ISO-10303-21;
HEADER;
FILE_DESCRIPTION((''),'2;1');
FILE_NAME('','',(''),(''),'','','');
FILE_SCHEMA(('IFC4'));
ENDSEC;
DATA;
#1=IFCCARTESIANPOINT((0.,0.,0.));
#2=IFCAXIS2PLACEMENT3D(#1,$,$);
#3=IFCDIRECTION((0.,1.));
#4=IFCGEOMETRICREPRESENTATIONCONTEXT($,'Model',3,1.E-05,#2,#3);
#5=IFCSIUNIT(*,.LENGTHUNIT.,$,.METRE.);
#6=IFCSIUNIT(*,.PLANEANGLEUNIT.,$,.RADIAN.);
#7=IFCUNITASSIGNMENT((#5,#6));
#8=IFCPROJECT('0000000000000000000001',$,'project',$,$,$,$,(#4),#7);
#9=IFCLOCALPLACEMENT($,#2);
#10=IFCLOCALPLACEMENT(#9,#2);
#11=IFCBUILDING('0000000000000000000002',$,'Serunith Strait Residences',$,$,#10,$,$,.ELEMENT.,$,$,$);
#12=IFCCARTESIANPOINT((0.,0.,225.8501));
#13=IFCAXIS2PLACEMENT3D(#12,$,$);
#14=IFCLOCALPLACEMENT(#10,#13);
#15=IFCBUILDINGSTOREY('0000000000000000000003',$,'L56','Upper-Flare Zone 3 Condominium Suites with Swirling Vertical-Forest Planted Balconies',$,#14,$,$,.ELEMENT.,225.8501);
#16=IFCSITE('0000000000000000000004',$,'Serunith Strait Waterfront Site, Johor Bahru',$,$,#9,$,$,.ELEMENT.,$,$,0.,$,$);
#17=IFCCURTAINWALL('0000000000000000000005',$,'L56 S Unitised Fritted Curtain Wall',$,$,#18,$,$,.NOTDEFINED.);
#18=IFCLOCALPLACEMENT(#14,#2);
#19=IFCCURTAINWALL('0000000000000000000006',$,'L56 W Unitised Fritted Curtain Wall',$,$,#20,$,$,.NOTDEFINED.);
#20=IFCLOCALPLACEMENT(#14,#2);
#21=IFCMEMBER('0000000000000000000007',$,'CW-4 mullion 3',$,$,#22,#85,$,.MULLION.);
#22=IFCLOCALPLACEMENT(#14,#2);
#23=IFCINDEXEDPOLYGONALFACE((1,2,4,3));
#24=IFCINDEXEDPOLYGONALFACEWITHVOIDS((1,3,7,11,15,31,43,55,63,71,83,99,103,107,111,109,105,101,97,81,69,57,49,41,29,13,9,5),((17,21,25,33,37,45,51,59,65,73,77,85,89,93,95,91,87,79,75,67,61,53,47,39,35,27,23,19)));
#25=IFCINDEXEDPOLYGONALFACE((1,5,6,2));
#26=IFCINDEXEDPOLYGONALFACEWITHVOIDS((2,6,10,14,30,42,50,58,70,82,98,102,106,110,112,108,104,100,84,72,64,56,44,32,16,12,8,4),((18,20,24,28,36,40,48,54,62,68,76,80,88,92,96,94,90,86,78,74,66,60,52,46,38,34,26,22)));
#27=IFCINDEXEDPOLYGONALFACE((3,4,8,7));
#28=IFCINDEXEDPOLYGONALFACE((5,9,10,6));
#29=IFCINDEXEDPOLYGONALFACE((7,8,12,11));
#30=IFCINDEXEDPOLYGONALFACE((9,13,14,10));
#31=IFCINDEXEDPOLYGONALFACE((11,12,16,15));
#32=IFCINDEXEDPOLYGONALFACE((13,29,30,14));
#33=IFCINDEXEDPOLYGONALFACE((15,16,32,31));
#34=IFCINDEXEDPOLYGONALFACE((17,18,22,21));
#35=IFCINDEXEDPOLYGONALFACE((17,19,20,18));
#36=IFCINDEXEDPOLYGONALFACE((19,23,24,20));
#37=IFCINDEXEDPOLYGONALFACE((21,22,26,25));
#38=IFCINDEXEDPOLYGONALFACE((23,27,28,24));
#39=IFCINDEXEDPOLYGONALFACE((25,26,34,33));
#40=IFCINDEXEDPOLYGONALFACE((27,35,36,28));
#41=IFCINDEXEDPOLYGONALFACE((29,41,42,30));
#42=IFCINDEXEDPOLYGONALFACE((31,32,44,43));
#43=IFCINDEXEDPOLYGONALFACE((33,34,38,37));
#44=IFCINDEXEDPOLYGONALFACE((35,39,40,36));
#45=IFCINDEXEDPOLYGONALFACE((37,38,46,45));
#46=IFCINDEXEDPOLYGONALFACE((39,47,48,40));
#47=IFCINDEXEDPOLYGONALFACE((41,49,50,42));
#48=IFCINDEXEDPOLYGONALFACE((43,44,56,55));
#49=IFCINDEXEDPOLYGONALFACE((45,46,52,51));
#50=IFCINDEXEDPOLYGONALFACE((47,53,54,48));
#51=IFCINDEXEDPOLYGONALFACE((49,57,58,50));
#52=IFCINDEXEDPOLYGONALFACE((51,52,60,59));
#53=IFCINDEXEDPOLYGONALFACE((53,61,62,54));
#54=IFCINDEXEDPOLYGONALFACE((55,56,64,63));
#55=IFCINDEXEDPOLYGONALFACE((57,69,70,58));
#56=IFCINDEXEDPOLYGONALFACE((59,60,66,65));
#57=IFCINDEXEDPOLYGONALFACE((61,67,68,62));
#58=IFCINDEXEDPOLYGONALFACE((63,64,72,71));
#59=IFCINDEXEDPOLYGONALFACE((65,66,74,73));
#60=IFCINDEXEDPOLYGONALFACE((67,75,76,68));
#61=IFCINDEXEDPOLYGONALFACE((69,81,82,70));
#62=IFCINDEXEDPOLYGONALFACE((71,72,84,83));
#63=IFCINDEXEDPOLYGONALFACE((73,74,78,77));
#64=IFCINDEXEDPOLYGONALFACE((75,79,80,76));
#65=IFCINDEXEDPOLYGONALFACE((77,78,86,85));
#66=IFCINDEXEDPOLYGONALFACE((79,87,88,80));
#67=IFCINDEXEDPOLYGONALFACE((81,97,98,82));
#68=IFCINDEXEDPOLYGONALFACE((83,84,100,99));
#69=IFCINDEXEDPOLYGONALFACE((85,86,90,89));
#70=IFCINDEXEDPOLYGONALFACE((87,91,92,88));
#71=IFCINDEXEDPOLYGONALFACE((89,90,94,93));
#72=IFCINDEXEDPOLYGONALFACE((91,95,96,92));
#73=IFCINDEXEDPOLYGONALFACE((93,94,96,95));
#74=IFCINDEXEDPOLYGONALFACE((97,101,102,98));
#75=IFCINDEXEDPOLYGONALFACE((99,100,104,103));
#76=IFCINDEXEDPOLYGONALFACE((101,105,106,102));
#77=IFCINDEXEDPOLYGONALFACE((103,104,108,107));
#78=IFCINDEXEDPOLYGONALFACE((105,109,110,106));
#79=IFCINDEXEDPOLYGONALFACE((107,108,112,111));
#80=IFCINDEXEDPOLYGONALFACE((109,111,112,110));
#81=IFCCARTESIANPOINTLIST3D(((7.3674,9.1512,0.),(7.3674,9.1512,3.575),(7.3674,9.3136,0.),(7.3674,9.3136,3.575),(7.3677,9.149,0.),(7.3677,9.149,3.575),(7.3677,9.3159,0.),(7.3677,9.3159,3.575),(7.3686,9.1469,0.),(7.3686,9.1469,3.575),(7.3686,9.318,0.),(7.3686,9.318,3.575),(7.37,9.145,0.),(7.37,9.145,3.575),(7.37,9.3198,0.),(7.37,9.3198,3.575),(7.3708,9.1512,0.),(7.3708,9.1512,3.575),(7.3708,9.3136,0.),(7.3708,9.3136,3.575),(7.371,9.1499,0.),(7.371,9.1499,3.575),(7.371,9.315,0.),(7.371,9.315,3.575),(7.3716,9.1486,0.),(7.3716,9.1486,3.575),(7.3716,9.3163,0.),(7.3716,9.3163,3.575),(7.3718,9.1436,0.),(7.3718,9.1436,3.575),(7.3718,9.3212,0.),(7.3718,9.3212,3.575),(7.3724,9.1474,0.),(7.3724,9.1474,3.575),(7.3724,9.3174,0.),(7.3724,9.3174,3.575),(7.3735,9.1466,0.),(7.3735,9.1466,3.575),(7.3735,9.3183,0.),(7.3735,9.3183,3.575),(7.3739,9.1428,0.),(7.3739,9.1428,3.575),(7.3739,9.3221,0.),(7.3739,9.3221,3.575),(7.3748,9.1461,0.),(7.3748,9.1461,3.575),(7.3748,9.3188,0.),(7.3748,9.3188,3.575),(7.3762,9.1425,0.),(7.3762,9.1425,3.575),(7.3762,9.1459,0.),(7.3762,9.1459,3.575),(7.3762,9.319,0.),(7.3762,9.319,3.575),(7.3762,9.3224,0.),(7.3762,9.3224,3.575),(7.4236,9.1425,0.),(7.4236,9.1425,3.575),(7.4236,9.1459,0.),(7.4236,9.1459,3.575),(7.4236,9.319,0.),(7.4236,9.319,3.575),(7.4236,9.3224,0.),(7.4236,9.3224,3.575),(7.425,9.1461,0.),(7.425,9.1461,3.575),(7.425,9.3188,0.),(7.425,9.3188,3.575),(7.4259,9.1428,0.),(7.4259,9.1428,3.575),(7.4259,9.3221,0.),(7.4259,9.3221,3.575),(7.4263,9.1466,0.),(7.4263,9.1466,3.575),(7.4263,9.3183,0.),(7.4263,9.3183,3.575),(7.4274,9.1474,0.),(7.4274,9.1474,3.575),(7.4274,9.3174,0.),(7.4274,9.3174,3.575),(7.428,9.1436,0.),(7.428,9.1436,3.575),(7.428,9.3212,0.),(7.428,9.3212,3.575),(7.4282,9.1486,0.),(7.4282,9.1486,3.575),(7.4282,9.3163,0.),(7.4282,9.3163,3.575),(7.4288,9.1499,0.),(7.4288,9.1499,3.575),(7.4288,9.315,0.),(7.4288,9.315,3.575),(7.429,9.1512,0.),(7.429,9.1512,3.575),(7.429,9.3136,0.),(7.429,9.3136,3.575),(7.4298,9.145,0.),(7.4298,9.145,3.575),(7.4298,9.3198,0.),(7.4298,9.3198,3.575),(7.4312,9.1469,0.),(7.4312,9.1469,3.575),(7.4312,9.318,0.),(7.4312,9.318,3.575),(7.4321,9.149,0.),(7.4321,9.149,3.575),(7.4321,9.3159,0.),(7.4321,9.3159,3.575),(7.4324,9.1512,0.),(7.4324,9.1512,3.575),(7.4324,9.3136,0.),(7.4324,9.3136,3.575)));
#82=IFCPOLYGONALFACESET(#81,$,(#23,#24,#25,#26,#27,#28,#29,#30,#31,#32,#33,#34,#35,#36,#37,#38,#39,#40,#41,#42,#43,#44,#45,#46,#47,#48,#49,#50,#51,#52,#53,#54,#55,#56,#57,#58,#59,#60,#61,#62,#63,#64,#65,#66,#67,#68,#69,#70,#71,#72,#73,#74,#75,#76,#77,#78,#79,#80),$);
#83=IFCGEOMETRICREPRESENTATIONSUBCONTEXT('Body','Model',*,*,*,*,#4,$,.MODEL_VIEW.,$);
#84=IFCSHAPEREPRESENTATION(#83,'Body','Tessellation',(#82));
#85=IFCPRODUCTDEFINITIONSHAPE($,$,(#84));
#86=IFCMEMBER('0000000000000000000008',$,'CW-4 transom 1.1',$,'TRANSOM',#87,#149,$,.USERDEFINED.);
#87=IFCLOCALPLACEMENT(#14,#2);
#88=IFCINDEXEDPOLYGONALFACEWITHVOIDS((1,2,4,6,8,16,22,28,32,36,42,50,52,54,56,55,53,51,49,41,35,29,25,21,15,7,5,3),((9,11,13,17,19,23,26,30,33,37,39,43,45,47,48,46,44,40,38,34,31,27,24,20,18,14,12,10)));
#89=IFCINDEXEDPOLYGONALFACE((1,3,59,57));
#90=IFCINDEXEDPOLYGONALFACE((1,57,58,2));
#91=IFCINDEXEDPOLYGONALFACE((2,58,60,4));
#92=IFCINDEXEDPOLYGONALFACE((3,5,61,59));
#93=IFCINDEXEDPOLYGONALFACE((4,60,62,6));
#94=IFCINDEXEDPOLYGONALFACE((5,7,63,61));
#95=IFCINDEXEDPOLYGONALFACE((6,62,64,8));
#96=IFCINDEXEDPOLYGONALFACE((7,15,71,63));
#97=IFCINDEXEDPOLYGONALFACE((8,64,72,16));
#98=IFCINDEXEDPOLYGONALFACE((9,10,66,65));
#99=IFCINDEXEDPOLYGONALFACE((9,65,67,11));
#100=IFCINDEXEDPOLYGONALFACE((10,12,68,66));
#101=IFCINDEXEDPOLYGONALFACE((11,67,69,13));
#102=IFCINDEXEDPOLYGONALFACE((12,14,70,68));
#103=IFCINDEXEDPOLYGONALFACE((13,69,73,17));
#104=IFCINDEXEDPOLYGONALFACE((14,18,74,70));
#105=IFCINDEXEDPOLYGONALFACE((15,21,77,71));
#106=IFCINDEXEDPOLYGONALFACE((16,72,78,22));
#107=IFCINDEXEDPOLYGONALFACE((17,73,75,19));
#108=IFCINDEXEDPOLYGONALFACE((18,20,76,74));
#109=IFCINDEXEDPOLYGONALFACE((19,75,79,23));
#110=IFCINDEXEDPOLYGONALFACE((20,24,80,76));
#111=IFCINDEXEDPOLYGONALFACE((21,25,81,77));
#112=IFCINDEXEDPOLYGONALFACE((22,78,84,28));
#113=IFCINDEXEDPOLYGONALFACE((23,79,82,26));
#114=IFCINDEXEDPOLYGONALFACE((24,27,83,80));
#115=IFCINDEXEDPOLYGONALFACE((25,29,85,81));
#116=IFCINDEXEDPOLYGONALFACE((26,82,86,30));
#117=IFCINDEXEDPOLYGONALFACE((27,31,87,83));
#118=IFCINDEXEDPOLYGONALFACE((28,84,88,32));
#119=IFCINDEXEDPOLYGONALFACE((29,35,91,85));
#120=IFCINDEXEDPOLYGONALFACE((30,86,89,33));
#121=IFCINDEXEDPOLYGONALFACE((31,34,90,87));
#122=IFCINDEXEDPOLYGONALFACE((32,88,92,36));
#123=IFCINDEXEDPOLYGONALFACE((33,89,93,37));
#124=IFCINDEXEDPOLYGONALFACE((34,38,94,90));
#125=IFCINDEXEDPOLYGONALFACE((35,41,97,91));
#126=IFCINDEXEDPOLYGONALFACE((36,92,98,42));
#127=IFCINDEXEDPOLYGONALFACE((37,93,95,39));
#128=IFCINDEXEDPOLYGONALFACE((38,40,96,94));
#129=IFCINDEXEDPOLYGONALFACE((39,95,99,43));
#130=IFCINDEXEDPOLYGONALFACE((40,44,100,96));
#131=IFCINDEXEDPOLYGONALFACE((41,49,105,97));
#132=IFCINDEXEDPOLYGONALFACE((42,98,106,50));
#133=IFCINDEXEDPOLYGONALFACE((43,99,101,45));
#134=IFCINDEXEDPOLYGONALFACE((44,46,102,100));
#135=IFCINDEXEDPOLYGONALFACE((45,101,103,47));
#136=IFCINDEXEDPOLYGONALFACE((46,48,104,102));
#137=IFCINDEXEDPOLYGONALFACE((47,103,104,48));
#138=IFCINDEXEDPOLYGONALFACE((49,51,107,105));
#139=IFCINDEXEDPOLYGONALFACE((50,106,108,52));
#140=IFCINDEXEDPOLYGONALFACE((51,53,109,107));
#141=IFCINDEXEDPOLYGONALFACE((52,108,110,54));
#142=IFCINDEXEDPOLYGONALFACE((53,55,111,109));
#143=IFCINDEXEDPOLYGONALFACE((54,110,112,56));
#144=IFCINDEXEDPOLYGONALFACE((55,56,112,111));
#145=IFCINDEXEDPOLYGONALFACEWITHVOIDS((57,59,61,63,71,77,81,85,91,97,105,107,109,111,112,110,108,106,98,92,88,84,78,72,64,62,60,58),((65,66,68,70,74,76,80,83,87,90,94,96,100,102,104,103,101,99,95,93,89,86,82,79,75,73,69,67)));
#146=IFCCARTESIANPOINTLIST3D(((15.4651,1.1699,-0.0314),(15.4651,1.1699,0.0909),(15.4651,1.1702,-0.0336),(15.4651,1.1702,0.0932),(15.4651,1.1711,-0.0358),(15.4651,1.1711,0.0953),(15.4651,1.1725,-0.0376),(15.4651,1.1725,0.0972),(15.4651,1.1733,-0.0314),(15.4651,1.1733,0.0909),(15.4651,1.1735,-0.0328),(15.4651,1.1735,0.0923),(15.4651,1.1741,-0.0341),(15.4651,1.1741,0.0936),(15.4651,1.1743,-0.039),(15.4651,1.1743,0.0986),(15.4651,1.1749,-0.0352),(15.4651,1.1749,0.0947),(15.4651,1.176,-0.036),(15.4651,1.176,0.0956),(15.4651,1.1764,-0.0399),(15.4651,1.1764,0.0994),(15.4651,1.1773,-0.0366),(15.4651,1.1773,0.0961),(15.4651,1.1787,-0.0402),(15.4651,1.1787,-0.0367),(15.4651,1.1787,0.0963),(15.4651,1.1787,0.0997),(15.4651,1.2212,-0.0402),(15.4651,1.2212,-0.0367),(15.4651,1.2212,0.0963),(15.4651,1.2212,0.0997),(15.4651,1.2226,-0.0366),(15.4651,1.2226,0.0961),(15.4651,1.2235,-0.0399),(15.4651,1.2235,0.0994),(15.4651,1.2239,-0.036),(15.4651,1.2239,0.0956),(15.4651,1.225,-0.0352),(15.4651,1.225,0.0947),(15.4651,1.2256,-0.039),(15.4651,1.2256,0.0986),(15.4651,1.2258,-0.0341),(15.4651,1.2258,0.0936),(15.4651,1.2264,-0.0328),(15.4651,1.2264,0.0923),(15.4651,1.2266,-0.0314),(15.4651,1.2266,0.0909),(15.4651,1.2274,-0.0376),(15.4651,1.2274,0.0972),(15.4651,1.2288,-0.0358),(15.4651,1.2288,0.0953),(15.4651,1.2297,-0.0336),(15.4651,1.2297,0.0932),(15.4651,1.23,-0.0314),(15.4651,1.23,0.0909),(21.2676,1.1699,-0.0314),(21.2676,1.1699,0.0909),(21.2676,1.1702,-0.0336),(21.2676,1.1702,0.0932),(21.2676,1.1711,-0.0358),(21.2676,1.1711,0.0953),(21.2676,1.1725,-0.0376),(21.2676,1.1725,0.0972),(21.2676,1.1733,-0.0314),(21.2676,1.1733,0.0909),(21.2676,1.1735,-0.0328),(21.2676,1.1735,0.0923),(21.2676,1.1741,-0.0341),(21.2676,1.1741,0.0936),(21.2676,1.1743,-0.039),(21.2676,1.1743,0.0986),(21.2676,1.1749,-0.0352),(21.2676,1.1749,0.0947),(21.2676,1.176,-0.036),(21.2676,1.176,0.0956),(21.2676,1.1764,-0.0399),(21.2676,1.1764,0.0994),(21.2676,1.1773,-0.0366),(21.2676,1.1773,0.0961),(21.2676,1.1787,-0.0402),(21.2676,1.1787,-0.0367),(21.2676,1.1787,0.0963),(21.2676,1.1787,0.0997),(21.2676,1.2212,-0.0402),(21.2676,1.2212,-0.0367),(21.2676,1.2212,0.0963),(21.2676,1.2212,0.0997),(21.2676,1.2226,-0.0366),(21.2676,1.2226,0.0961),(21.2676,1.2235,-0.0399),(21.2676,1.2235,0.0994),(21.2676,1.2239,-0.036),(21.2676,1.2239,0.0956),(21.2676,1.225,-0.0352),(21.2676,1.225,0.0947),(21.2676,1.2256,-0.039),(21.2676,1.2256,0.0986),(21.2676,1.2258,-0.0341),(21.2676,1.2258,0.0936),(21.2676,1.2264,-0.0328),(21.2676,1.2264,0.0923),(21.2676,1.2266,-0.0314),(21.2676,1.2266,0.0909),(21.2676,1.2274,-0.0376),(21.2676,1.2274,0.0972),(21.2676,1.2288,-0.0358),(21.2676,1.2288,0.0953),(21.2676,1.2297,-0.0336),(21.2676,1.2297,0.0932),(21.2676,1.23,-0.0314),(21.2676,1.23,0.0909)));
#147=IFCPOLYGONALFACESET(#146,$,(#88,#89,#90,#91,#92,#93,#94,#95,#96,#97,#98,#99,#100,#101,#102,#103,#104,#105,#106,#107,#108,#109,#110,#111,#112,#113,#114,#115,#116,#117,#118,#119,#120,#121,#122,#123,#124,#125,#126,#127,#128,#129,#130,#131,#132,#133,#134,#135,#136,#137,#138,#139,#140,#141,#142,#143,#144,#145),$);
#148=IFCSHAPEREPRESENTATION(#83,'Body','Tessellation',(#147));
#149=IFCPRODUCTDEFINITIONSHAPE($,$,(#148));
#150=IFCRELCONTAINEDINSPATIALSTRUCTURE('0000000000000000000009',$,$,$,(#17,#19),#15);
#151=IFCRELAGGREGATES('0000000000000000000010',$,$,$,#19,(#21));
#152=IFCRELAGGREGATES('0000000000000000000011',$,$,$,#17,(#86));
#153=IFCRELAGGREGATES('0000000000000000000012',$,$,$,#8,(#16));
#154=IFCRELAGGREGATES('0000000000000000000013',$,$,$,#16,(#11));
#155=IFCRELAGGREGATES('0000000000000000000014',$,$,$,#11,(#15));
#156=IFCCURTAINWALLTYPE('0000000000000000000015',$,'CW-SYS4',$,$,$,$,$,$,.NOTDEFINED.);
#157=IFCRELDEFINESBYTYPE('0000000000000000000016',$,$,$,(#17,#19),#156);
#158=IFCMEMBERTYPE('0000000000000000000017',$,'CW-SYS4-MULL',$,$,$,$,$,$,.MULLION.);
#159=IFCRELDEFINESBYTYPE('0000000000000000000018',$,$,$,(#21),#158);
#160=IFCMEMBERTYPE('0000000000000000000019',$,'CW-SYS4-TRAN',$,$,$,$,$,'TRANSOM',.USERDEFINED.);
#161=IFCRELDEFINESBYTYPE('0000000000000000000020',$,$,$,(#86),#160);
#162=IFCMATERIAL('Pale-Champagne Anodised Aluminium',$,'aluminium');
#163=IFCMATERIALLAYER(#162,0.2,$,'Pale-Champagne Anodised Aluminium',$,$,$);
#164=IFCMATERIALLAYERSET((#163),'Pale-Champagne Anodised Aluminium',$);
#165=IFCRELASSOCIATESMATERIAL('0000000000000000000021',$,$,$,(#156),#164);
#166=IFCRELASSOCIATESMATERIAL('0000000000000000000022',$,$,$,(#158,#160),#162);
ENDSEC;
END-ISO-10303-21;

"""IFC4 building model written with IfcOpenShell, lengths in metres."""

from ifc_helpers import new_model, si_unit, direction, frame, origin, origin_2d, place, context, subcontext, project, spatial, hollow_rectangle, extrude, source, transform, mapped, material, layer, layer_set, material_profile, profile_set, type_object, element, aggregate, save


model = new_model("IFC4")

# Units and contexts
model_context = context("Model", 3, precision=1e-05, world=origin(), true_north=direction((0.0, 1.0)))
body_context = subcontext(model_context, "Body", "Model", "MODEL_VIEW")
ifc_project = project(units=[si_unit("LENGTHUNIT", "METRE"), si_unit("PLANEANGLEUNIT", "RADIAN")], contexts=[model_context])

# Site, building, storey
site_placement = place(None, origin())
site = spatial("IfcSite", under=ifc_project, at=site_placement, Name="Serunith Strait Waterfront Site, Johor Bahru", CompositionType="ELEMENT", RefElevation=0.0)
building_placement = place(site_placement, origin())
building = spatial("IfcBuilding", under=site, at=building_placement, Name="Serunith Strait Residences", CompositionType="ELEMENT")
storey_placement = place(building_placement, frame((0.0, 0.0, 225.8501)))
storey = spatial("IfcBuildingStorey", under=building, at=storey_placement, Name="L56", Description="Upper-Flare Zone 3 Condominium Suites with Swirling Vertical-Forest Planted Balconies", CompositionType="ELEMENT", Elevation=225.8501)

# Curtain walls, member
ifc_material_1 = material(Name="Pale-Champagne Anodised Aluminium", Category="aluminium")
ifc_layer_1 = layer(ifc_material_1, 0.2, Name="Pale-Champagne Anodised Aluminium")
ifc_layer_set_1 = layer_set([ifc_layer_1], Name="Pale-Champagne Anodised Aluminium")
curtain_wall_type = type_object("IfcCurtainWallType", Name="CW-SYS4", PredefinedType="NOTDEFINED", material=ifc_layer_set_1)
curtain_wall_1_placement = place(storey_placement, origin())
curtain_wall_1 = element("IfcCurtainWall", 1, at=curtain_wall_1_placement, inside=storey, type_object=curtain_wall_type, Name="L56 S Unitised Fritted Curtain Wall", PredefinedType="NOTDEFINED")
ifc_material_profile_1 = material_profile(ifc_material_1, hollow_rectangle(XDim=0.0649, YDim=0.1799, WallThickness=0.0034, InnerFilletRadius=0.0054, OuterFilletRadius=0.0088, at=origin_2d()), Name="ALU 180x65x3.5")
ifc_profile_set_1 = profile_set([ifc_material_profile_1], Name="Pale-Champagne Anodised Aluminium")
member_type_1 = type_object("IfcMemberType", Name="CW-SYS4-MULL", PredefinedType="MULLION", material=ifc_profile_set_1)
shared_shape_1 = source(origin(), body_context, "Body", "SweptSolid", [
    extrude(hollow_rectangle(XDim=0.0649, YDim=0.1799, WallThickness=0.0034, InnerFilletRadius=0.0054, OuterFilletRadius=0.0088, at=origin_2d()), origin(), (0.0, 0.0, 1.0), 3.575),
])
curtain_wall_2_placement = place(storey_placement, origin())
curtain_wall_2 = element("IfcCurtainWall", 2, at=curtain_wall_2_placement, inside=storey, type_object=curtain_wall_type, Name="L56 W Unitised Fritted Curtain Wall", PredefinedType="NOTDEFINED")
member_1_placement = place(storey_placement, frame((7.3999, 9.2324, 0.0), z_axis=(0.0, 0.0, 1.0), x_axis=(1.0, 0.0, 0.0)))
member_1 = element("IfcMember", 3, at=member_1_placement, type_object=member_type_1, Name="CW-4 mullion 3", PredefinedType="MULLION", context=body_context, shape_type="MappedRepresentation", body=[
    mapped(shared_shape_1, transform((0.0, 0.0, 0.0), scale=1.0)),
])
aggregate(curtain_wall_2, [member_1])

# Member
ifc_material_profile_2 = material_profile(ifc_material_1, hollow_rectangle(XDim=0.0601, YDim=0.1399, WallThickness=0.0034, InnerFilletRadius=0.0054, OuterFilletRadius=0.0088, at=origin_2d()), Name="ALU 140x60x3.5")
ifc_profile_set_2 = profile_set([ifc_material_profile_2], Name="Pale-Champagne Anodised Aluminium")
member_type_2 = type_object("IfcMemberType", Name="CW-SYS4-TRAN", ElementType="TRANSOM", PredefinedType="USERDEFINED", material=ifc_profile_set_2)
shared_shape_2 = source(origin(), body_context, "Body", "SweptSolid", [
    extrude(hollow_rectangle(XDim=0.0601, YDim=0.1399, WallThickness=0.0034, InnerFilletRadius=0.0054, OuterFilletRadius=0.0088, at=origin_2d()), origin(), (0.0, 0.0, 1.0), 5.8025),
])
member_2_placement = place(storey_placement, frame((15.4651, 1.2, 0.0298), z_axis=(1.0, 0.0, 0.0), x_axis=(0.0, 1.0, 0.0)))
member_2 = element("IfcMember", 4, at=member_2_placement, type_object=member_type_2, Name="CW-4 transom 1.1", ObjectType="TRANSOM", PredefinedType="USERDEFINED", context=body_context, shape_type="MappedRepresentation", body=[
    mapped(shared_shape_2, transform((0.0, 0.0, 0.0), scale=1.0)),
])
aggregate(curtain_wall_1, [member_2])

save(model, "model.ifc")
